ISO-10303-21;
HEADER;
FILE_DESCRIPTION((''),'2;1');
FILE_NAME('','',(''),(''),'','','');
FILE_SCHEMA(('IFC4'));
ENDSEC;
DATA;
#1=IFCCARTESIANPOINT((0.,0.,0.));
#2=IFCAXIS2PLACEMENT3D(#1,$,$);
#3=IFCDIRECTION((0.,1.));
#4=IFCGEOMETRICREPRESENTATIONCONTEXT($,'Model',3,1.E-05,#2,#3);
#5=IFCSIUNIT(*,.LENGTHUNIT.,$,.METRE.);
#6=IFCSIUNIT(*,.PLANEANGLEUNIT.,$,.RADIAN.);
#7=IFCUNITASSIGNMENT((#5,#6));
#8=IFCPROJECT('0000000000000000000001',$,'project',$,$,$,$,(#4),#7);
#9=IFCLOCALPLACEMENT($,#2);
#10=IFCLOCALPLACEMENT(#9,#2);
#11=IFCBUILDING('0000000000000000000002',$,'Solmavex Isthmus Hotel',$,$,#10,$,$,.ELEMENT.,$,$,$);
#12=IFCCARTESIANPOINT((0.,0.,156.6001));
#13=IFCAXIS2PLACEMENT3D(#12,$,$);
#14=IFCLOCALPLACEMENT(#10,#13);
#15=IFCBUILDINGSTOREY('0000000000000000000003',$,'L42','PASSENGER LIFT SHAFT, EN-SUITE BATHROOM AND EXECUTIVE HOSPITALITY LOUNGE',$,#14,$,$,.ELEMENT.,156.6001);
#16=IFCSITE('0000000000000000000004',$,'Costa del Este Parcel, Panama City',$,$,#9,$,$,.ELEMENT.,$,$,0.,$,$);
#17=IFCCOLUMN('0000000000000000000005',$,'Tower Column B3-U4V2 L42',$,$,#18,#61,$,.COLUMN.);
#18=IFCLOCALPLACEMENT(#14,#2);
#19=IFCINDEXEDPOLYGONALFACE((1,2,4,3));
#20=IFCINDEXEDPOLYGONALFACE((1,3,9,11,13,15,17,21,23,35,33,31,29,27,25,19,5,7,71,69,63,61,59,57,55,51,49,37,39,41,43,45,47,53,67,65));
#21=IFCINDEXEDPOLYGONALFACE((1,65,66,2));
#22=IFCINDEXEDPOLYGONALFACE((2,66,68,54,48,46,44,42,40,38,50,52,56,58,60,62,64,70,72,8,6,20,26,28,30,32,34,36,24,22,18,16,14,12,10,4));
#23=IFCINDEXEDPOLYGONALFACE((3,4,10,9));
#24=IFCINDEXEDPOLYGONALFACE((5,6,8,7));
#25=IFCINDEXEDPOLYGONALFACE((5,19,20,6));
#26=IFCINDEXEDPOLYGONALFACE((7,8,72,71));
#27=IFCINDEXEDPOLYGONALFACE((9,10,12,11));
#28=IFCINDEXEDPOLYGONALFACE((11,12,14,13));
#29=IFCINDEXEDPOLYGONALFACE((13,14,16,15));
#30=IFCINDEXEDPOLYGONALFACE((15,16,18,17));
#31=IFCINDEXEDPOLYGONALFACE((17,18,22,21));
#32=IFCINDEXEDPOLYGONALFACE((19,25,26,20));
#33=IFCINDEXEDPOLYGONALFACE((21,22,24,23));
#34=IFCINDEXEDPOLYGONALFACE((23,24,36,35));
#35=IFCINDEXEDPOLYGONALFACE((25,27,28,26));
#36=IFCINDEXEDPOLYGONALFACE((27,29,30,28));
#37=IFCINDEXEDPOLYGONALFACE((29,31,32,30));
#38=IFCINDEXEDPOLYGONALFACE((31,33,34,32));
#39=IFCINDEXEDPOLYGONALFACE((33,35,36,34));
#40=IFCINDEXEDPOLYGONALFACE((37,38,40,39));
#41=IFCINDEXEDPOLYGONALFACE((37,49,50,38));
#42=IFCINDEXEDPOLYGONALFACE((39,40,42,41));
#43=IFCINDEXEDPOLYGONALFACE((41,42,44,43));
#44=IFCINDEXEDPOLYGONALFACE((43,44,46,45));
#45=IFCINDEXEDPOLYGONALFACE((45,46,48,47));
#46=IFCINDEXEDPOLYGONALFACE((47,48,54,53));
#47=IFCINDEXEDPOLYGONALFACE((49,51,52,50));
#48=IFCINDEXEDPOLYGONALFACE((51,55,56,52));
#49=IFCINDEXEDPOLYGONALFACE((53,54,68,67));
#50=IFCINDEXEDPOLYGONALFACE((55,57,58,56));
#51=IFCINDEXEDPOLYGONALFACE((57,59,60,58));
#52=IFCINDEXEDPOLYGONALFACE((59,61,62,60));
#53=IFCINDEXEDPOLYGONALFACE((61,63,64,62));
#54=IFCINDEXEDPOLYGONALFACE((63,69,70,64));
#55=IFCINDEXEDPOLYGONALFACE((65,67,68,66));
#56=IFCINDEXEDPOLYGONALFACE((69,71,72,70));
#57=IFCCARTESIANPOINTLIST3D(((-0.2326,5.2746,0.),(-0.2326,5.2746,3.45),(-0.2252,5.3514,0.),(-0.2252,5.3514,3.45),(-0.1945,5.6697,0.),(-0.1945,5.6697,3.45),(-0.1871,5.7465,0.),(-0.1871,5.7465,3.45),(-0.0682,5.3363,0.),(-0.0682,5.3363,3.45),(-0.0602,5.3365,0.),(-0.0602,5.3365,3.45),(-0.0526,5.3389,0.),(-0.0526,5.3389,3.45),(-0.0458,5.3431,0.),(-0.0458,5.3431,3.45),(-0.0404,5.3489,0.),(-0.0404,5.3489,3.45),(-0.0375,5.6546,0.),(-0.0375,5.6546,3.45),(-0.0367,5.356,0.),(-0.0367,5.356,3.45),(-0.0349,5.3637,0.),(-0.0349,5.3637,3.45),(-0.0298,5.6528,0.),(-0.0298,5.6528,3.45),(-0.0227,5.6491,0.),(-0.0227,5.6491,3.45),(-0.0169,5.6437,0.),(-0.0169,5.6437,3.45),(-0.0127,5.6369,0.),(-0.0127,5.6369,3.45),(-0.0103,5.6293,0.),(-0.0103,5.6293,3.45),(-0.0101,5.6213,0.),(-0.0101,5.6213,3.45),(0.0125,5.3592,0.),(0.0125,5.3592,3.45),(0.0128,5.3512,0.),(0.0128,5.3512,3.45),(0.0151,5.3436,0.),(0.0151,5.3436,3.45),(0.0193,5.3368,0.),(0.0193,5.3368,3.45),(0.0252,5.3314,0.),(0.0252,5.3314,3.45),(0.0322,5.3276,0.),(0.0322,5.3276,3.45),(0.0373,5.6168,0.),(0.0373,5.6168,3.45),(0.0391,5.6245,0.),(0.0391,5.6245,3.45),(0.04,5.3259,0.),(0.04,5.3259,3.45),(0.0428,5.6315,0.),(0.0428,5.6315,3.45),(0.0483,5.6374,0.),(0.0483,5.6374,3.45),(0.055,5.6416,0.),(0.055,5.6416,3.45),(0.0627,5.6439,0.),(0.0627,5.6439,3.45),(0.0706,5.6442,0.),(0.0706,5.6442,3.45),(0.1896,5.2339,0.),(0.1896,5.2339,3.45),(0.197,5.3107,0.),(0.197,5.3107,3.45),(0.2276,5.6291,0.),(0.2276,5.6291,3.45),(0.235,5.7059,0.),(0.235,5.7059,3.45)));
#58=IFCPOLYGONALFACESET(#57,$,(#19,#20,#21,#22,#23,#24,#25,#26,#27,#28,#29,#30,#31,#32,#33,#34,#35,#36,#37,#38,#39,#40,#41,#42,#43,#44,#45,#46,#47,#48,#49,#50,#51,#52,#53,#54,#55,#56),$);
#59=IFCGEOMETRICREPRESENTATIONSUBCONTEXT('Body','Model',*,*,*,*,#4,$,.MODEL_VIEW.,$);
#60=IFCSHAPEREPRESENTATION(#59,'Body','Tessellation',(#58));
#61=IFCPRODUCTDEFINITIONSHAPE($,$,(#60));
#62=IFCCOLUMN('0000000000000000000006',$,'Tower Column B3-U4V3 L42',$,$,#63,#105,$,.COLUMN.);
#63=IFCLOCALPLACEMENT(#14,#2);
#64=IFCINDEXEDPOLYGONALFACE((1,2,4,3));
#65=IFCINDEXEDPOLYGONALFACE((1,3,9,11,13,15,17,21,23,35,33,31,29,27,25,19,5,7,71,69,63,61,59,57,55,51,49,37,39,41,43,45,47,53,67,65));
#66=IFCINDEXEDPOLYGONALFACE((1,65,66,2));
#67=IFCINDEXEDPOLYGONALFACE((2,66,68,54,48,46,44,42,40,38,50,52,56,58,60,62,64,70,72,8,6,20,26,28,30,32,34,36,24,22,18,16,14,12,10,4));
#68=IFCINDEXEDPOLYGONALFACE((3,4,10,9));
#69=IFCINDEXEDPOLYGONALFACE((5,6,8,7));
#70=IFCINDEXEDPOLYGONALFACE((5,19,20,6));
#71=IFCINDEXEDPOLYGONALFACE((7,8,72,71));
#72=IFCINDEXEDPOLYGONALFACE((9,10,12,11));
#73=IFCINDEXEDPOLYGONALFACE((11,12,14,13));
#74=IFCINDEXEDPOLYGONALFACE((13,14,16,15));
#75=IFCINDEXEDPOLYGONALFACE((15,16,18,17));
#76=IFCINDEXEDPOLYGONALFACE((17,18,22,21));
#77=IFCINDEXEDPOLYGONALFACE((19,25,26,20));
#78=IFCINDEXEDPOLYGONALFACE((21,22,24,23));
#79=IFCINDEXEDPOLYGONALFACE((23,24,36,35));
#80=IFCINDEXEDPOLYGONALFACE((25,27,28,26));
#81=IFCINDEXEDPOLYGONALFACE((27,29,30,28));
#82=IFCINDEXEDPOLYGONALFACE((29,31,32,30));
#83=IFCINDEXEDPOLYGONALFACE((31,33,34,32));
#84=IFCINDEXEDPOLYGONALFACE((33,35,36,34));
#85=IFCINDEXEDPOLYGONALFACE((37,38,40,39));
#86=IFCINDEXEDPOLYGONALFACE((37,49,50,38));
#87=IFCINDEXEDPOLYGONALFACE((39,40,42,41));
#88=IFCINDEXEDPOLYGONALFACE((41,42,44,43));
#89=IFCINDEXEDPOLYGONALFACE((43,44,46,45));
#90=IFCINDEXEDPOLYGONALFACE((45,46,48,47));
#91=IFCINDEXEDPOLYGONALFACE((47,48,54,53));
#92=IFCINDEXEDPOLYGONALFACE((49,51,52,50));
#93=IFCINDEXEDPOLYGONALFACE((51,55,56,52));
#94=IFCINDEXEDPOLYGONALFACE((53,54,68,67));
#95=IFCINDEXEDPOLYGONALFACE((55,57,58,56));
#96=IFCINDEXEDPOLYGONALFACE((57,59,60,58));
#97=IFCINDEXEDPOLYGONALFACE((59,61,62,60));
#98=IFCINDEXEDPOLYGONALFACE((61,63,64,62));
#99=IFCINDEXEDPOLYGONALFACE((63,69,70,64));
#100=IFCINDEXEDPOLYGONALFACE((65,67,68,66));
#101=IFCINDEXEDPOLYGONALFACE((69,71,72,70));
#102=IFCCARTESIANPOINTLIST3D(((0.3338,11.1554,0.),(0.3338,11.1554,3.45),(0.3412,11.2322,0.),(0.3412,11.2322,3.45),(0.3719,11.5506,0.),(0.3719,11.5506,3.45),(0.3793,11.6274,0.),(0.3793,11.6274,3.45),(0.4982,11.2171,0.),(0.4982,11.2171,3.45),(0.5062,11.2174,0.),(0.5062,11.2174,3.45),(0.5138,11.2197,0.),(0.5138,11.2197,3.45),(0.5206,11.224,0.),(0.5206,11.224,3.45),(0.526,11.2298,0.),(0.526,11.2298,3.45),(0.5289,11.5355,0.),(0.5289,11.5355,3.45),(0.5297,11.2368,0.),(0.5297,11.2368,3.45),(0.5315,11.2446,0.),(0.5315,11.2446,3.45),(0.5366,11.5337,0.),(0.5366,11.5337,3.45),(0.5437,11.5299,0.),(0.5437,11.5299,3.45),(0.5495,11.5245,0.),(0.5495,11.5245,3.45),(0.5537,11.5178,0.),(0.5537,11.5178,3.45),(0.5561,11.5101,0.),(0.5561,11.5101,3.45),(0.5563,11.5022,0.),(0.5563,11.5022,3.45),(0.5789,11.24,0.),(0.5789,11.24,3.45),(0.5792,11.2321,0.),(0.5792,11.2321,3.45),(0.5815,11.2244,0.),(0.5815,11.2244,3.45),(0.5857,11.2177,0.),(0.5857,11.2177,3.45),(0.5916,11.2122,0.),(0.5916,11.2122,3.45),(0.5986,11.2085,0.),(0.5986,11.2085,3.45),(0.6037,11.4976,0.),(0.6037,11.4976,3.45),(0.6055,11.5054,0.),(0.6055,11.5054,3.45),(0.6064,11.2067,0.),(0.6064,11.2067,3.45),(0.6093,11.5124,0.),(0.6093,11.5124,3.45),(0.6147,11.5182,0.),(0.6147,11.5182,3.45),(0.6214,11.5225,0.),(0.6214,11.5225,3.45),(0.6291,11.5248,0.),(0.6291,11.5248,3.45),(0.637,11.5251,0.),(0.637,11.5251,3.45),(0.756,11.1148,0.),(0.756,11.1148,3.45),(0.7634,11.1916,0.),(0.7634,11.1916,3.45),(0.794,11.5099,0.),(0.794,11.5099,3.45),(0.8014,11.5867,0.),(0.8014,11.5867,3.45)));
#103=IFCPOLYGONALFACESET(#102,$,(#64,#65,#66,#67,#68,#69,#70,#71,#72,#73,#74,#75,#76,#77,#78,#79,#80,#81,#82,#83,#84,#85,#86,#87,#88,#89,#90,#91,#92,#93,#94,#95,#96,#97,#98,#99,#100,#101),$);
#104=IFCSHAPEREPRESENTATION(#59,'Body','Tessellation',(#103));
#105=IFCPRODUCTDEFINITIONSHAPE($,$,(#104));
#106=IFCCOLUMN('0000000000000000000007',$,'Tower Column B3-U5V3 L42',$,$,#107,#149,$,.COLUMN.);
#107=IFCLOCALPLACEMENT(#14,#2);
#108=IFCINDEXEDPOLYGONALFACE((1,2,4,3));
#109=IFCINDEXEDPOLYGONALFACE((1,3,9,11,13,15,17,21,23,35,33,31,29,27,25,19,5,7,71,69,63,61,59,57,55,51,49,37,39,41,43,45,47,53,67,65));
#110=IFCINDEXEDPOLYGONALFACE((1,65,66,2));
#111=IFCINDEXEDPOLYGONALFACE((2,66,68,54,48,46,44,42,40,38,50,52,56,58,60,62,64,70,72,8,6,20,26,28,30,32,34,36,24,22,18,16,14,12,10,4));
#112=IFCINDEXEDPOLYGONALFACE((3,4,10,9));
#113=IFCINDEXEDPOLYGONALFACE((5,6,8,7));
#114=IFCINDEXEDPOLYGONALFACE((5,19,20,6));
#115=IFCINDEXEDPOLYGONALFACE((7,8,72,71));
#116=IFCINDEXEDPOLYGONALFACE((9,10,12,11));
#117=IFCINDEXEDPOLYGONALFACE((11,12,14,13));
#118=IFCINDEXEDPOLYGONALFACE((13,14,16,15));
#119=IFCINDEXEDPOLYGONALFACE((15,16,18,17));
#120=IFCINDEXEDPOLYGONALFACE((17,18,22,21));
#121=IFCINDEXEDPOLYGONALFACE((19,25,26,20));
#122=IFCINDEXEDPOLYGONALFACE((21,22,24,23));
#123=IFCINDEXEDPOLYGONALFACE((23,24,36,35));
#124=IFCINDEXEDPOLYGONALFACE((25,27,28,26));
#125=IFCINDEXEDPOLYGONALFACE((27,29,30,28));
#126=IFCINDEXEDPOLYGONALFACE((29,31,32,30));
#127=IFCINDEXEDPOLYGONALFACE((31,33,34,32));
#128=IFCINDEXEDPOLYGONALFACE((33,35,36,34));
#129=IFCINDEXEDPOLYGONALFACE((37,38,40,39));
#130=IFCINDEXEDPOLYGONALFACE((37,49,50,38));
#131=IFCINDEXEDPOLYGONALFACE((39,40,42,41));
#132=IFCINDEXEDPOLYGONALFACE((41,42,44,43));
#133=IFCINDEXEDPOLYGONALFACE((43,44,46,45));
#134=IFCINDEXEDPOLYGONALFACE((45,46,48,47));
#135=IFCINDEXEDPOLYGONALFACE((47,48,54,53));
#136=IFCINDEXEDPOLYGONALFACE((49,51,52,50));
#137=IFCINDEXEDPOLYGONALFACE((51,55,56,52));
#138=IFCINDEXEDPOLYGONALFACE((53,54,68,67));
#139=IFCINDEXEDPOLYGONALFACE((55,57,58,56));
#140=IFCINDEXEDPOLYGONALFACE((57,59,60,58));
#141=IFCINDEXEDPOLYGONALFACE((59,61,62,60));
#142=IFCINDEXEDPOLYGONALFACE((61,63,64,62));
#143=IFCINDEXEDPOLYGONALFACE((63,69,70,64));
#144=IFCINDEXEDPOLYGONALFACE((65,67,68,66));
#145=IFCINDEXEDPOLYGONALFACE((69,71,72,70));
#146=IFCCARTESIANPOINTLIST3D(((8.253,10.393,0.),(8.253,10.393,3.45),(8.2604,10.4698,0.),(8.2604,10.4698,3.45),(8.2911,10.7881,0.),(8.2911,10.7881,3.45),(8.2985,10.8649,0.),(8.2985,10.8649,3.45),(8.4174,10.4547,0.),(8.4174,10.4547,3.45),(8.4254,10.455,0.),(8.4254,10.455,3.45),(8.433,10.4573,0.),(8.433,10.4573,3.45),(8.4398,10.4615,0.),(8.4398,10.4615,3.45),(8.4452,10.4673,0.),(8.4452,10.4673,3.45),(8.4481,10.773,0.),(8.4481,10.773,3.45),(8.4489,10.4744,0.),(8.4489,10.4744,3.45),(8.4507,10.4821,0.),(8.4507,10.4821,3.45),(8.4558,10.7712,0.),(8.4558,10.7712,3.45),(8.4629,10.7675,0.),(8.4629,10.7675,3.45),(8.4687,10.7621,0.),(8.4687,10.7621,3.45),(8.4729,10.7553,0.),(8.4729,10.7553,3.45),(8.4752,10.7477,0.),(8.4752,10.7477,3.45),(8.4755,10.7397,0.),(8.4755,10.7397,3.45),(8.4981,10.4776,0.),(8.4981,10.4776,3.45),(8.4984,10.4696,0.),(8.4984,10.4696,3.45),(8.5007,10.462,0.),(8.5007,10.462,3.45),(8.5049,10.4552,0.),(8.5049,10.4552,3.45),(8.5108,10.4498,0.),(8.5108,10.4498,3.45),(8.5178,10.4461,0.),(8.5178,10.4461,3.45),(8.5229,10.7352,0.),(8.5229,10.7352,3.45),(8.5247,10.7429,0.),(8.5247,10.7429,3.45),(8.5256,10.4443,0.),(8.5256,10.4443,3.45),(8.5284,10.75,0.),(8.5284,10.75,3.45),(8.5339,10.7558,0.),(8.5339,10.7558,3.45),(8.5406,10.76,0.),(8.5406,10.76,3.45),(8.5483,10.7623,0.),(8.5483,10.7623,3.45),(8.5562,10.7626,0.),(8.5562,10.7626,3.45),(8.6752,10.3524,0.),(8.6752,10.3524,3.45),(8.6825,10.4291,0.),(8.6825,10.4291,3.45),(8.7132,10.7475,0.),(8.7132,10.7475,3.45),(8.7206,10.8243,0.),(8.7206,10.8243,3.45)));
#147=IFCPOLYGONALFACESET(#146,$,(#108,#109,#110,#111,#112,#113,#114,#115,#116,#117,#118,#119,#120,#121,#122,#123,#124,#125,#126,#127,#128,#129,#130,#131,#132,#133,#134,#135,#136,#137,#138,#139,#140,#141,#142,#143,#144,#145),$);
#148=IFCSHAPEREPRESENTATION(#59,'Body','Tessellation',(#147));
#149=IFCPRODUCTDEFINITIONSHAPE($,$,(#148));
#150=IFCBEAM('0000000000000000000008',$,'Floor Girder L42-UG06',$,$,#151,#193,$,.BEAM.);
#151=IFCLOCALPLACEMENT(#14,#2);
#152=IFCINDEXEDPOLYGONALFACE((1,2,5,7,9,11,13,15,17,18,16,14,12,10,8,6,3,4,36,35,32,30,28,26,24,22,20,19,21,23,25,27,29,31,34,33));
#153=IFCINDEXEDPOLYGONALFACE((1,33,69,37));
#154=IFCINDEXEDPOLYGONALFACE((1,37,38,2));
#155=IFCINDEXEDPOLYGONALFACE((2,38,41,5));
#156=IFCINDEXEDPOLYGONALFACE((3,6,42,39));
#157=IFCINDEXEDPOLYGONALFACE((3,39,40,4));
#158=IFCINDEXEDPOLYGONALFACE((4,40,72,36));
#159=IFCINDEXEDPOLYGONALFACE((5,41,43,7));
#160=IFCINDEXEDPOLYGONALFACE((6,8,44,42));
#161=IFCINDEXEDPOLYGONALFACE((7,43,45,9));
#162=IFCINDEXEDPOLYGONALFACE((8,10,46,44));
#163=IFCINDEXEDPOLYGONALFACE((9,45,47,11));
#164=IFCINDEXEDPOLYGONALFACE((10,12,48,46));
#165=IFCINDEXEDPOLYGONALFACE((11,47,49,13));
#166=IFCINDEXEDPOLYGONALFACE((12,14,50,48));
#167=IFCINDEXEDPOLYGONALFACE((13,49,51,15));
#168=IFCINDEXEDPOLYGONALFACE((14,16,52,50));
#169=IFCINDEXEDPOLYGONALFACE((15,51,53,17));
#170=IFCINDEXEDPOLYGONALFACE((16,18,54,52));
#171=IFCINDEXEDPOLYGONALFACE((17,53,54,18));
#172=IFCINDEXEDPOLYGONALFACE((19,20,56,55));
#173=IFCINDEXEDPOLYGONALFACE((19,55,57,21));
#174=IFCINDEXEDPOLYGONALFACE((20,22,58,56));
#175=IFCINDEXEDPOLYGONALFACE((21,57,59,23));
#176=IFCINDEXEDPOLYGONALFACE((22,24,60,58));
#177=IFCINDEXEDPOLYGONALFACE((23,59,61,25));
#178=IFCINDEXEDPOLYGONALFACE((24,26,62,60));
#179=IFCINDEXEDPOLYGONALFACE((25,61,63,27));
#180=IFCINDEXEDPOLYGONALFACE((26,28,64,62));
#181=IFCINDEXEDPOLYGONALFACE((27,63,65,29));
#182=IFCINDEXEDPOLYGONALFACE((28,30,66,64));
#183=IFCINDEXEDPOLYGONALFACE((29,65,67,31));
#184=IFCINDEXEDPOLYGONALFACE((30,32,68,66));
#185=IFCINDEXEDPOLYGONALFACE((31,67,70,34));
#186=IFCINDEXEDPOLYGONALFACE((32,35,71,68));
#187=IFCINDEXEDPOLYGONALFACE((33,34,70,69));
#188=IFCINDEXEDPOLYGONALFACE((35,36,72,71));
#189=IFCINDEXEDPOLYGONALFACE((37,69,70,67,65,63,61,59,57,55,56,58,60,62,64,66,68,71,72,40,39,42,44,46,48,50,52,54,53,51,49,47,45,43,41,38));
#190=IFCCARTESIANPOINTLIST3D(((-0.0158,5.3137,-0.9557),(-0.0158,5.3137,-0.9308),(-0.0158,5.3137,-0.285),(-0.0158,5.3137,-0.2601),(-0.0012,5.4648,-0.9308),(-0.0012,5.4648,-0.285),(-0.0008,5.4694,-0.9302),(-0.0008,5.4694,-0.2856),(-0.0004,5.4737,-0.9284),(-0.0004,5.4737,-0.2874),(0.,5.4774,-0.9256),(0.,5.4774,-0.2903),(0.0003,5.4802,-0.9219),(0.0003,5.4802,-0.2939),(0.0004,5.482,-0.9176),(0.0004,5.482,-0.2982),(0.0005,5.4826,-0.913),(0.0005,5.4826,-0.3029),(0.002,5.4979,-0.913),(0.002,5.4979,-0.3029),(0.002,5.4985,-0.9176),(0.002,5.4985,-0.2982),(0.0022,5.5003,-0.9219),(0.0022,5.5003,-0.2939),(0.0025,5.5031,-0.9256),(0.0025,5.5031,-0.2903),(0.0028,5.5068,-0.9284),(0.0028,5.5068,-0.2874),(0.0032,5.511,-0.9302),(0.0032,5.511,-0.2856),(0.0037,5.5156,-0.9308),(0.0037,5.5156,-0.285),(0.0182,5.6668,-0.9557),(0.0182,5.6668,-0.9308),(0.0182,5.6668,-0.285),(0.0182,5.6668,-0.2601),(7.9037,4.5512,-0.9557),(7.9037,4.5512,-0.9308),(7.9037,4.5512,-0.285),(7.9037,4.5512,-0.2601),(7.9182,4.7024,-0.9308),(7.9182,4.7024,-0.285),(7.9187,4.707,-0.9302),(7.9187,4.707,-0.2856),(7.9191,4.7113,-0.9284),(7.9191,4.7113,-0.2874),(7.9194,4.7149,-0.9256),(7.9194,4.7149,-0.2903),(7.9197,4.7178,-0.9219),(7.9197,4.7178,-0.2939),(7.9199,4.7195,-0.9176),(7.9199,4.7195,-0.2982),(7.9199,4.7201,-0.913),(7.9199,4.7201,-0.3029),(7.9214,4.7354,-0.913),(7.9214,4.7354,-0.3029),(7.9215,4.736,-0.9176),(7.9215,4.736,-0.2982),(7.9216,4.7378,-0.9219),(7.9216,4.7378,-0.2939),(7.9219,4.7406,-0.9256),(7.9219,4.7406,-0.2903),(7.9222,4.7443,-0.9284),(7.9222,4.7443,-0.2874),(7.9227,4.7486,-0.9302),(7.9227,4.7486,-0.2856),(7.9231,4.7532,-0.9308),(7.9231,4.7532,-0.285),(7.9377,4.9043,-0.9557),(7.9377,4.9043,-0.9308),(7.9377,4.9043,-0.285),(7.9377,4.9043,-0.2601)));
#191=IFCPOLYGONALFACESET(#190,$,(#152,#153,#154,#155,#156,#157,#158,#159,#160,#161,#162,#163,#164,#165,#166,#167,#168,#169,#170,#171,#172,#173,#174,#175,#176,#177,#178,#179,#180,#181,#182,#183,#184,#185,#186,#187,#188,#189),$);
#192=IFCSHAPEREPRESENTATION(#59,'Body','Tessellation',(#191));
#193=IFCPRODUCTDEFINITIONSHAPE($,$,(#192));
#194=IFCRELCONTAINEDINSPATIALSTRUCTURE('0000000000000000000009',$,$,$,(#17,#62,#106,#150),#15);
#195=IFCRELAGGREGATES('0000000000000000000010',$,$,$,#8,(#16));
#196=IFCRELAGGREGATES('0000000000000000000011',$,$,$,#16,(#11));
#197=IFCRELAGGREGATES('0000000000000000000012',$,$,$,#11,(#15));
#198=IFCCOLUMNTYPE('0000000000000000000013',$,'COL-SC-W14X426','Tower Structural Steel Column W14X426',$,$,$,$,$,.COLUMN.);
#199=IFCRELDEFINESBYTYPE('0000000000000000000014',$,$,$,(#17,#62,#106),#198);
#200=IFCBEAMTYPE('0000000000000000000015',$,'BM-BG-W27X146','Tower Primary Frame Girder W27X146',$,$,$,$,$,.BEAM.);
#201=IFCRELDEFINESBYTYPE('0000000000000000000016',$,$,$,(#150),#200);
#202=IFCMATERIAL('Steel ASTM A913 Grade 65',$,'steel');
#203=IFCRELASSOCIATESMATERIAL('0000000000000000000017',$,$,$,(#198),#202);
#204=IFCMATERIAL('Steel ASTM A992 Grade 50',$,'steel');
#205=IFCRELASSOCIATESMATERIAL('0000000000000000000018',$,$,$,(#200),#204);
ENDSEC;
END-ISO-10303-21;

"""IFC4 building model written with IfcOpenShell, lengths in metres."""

from ifc_helpers import new_model, si_unit, direction, frame, origin, origin_2d, place, context, subcontext, project, spatial, i_section, extrude, material, material_profile, profile_set, type_object, element, save


model = new_model("IFC4")

# Units and contexts
model_context = context("Model", 3, precision=1e-05, world=origin(), true_north=direction((0.0, 1.0)))
body_context = subcontext(model_context, "Body", "Model", "MODEL_VIEW")
ifc_project = project(units=[si_unit("LENGTHUNIT", "METRE"), si_unit("PLANEANGLEUNIT", "RADIAN")], contexts=[model_context])

# Site, building, storey
site_placement = place(None, origin())
site = spatial("IfcSite", under=ifc_project, at=site_placement, Name="Costa del Este Parcel, Panama City", CompositionType="ELEMENT", RefElevation=0.0)
building_placement = place(site_placement, origin())
building = spatial("IfcBuilding", under=site, at=building_placement, Name="Solmavex Isthmus Hotel", CompositionType="ELEMENT")
storey_placement = place(building_placement, frame((0.0, 0.0, 156.6001)))
storey = spatial("IfcBuildingStorey", under=building, at=storey_placement, Name="L42", Description="PASSENGER LIFT SHAFT, EN-SUITE BATHROOM AND EXECUTIVE HOSPITALITY LOUNGE", CompositionType="ELEMENT", Elevation=156.6001)

# Columns
ifc_material_1 = material(Name="Steel ASTM A913 Grade 65", Category="steel")
ifc_material_profile_1 = material_profile(ifc_material_1, i_section(OverallWidth=0.4241, OverallDepth=0.4741, WebThickness=0.0476, FlangeThickness=0.0771, FilletRadius=0.0305, at=origin_2d()), Name="W14X426")
ifc_profile_set_1 = profile_set([ifc_material_profile_1], Name="Steel ASTM A913 Grade 65")
column_type = type_object("IfcColumnType", Name="COL-SC-W14X426", Description="Tower Structural Steel Column W14X426", PredefinedType="COLUMN", material=ifc_profile_set_1)
for number, where, z_axis, x_axis, name in (
    (1, (0.0012, 5.4902, 0.0), (0.0, 0.0, 1.0), (0.995396, -0.095846, 0.0), "Tower Column B3-U4V2 L42"),
    (2, (0.5676, 11.3711, 0.0), (0.0, 0.0, 1.0), (0.995396, -0.095846, 0.0), "Tower Column B3-U4V3 L42"),
    (3, (8.4868, 10.6086, 0.0), (0.0, 0.0, 1.0), (0.995396, -0.095846, 0.0), "Tower Column B3-U5V3 L42"),
):
    element("IfcColumn", number, at=place(storey_placement, frame(where, z_axis=z_axis, x_axis=x_axis)), inside=storey, type_object=column_type, Name=name, PredefinedType="COLUMN", context=body_context, shape_type="SweptSolid", body=[
        extrude(i_section(OverallWidth=0.4241, OverallDepth=0.4741, WebThickness=0.0476, FlangeThickness=0.0771, FilletRadius=0.0305, at=origin_2d()), origin(), (0.0, 0.0, 1.0), 3.45),
    ])

# Beam
ifc_material_2 = material(Name="Steel ASTM A992 Grade 50", Category="steel")
ifc_material_profile_2 = material_profile(ifc_material_2, i_section(OverallWidth=0.3547, OverallDepth=0.6956, WebThickness=0.0154, FlangeThickness=0.0249, FilletRadius=0.0178, at=origin_2d()), Name="W27X146")
ifc_profile_set_2 = profile_set([ifc_material_profile_2], Name="Steel ASTM A992 Grade 50")
beam_type_1 = type_object("IfcBeamType", Name="BM-BG-W27X146", Description="Tower Primary Frame Girder W27X146", PredefinedType="BEAM", material=ifc_profile_set_2)
beam_1_placement = place(storey_placement, frame((0.0012, 5.4902, -0.6079), z_axis=(0.995397, -0.095833, 0.0), x_axis=(0.095833, 0.995397, 0.0)))
element("IfcBeam", 4, at=beam_1_placement, inside=storey, type_object=beam_type_1, Name="Floor Girder L42-UG06", PredefinedType="BEAM", context=body_context, shape_type="SweptSolid", body=[
    extrude(i_section(OverallWidth=0.3547, OverallDepth=0.6956, WebThickness=0.0154, FlangeThickness=0.0249, FilletRadius=0.0178, at=origin_2d()), origin(), (0.0, 0.0, 1.0), 7.9561),
])

save(model, "model.ifc")
